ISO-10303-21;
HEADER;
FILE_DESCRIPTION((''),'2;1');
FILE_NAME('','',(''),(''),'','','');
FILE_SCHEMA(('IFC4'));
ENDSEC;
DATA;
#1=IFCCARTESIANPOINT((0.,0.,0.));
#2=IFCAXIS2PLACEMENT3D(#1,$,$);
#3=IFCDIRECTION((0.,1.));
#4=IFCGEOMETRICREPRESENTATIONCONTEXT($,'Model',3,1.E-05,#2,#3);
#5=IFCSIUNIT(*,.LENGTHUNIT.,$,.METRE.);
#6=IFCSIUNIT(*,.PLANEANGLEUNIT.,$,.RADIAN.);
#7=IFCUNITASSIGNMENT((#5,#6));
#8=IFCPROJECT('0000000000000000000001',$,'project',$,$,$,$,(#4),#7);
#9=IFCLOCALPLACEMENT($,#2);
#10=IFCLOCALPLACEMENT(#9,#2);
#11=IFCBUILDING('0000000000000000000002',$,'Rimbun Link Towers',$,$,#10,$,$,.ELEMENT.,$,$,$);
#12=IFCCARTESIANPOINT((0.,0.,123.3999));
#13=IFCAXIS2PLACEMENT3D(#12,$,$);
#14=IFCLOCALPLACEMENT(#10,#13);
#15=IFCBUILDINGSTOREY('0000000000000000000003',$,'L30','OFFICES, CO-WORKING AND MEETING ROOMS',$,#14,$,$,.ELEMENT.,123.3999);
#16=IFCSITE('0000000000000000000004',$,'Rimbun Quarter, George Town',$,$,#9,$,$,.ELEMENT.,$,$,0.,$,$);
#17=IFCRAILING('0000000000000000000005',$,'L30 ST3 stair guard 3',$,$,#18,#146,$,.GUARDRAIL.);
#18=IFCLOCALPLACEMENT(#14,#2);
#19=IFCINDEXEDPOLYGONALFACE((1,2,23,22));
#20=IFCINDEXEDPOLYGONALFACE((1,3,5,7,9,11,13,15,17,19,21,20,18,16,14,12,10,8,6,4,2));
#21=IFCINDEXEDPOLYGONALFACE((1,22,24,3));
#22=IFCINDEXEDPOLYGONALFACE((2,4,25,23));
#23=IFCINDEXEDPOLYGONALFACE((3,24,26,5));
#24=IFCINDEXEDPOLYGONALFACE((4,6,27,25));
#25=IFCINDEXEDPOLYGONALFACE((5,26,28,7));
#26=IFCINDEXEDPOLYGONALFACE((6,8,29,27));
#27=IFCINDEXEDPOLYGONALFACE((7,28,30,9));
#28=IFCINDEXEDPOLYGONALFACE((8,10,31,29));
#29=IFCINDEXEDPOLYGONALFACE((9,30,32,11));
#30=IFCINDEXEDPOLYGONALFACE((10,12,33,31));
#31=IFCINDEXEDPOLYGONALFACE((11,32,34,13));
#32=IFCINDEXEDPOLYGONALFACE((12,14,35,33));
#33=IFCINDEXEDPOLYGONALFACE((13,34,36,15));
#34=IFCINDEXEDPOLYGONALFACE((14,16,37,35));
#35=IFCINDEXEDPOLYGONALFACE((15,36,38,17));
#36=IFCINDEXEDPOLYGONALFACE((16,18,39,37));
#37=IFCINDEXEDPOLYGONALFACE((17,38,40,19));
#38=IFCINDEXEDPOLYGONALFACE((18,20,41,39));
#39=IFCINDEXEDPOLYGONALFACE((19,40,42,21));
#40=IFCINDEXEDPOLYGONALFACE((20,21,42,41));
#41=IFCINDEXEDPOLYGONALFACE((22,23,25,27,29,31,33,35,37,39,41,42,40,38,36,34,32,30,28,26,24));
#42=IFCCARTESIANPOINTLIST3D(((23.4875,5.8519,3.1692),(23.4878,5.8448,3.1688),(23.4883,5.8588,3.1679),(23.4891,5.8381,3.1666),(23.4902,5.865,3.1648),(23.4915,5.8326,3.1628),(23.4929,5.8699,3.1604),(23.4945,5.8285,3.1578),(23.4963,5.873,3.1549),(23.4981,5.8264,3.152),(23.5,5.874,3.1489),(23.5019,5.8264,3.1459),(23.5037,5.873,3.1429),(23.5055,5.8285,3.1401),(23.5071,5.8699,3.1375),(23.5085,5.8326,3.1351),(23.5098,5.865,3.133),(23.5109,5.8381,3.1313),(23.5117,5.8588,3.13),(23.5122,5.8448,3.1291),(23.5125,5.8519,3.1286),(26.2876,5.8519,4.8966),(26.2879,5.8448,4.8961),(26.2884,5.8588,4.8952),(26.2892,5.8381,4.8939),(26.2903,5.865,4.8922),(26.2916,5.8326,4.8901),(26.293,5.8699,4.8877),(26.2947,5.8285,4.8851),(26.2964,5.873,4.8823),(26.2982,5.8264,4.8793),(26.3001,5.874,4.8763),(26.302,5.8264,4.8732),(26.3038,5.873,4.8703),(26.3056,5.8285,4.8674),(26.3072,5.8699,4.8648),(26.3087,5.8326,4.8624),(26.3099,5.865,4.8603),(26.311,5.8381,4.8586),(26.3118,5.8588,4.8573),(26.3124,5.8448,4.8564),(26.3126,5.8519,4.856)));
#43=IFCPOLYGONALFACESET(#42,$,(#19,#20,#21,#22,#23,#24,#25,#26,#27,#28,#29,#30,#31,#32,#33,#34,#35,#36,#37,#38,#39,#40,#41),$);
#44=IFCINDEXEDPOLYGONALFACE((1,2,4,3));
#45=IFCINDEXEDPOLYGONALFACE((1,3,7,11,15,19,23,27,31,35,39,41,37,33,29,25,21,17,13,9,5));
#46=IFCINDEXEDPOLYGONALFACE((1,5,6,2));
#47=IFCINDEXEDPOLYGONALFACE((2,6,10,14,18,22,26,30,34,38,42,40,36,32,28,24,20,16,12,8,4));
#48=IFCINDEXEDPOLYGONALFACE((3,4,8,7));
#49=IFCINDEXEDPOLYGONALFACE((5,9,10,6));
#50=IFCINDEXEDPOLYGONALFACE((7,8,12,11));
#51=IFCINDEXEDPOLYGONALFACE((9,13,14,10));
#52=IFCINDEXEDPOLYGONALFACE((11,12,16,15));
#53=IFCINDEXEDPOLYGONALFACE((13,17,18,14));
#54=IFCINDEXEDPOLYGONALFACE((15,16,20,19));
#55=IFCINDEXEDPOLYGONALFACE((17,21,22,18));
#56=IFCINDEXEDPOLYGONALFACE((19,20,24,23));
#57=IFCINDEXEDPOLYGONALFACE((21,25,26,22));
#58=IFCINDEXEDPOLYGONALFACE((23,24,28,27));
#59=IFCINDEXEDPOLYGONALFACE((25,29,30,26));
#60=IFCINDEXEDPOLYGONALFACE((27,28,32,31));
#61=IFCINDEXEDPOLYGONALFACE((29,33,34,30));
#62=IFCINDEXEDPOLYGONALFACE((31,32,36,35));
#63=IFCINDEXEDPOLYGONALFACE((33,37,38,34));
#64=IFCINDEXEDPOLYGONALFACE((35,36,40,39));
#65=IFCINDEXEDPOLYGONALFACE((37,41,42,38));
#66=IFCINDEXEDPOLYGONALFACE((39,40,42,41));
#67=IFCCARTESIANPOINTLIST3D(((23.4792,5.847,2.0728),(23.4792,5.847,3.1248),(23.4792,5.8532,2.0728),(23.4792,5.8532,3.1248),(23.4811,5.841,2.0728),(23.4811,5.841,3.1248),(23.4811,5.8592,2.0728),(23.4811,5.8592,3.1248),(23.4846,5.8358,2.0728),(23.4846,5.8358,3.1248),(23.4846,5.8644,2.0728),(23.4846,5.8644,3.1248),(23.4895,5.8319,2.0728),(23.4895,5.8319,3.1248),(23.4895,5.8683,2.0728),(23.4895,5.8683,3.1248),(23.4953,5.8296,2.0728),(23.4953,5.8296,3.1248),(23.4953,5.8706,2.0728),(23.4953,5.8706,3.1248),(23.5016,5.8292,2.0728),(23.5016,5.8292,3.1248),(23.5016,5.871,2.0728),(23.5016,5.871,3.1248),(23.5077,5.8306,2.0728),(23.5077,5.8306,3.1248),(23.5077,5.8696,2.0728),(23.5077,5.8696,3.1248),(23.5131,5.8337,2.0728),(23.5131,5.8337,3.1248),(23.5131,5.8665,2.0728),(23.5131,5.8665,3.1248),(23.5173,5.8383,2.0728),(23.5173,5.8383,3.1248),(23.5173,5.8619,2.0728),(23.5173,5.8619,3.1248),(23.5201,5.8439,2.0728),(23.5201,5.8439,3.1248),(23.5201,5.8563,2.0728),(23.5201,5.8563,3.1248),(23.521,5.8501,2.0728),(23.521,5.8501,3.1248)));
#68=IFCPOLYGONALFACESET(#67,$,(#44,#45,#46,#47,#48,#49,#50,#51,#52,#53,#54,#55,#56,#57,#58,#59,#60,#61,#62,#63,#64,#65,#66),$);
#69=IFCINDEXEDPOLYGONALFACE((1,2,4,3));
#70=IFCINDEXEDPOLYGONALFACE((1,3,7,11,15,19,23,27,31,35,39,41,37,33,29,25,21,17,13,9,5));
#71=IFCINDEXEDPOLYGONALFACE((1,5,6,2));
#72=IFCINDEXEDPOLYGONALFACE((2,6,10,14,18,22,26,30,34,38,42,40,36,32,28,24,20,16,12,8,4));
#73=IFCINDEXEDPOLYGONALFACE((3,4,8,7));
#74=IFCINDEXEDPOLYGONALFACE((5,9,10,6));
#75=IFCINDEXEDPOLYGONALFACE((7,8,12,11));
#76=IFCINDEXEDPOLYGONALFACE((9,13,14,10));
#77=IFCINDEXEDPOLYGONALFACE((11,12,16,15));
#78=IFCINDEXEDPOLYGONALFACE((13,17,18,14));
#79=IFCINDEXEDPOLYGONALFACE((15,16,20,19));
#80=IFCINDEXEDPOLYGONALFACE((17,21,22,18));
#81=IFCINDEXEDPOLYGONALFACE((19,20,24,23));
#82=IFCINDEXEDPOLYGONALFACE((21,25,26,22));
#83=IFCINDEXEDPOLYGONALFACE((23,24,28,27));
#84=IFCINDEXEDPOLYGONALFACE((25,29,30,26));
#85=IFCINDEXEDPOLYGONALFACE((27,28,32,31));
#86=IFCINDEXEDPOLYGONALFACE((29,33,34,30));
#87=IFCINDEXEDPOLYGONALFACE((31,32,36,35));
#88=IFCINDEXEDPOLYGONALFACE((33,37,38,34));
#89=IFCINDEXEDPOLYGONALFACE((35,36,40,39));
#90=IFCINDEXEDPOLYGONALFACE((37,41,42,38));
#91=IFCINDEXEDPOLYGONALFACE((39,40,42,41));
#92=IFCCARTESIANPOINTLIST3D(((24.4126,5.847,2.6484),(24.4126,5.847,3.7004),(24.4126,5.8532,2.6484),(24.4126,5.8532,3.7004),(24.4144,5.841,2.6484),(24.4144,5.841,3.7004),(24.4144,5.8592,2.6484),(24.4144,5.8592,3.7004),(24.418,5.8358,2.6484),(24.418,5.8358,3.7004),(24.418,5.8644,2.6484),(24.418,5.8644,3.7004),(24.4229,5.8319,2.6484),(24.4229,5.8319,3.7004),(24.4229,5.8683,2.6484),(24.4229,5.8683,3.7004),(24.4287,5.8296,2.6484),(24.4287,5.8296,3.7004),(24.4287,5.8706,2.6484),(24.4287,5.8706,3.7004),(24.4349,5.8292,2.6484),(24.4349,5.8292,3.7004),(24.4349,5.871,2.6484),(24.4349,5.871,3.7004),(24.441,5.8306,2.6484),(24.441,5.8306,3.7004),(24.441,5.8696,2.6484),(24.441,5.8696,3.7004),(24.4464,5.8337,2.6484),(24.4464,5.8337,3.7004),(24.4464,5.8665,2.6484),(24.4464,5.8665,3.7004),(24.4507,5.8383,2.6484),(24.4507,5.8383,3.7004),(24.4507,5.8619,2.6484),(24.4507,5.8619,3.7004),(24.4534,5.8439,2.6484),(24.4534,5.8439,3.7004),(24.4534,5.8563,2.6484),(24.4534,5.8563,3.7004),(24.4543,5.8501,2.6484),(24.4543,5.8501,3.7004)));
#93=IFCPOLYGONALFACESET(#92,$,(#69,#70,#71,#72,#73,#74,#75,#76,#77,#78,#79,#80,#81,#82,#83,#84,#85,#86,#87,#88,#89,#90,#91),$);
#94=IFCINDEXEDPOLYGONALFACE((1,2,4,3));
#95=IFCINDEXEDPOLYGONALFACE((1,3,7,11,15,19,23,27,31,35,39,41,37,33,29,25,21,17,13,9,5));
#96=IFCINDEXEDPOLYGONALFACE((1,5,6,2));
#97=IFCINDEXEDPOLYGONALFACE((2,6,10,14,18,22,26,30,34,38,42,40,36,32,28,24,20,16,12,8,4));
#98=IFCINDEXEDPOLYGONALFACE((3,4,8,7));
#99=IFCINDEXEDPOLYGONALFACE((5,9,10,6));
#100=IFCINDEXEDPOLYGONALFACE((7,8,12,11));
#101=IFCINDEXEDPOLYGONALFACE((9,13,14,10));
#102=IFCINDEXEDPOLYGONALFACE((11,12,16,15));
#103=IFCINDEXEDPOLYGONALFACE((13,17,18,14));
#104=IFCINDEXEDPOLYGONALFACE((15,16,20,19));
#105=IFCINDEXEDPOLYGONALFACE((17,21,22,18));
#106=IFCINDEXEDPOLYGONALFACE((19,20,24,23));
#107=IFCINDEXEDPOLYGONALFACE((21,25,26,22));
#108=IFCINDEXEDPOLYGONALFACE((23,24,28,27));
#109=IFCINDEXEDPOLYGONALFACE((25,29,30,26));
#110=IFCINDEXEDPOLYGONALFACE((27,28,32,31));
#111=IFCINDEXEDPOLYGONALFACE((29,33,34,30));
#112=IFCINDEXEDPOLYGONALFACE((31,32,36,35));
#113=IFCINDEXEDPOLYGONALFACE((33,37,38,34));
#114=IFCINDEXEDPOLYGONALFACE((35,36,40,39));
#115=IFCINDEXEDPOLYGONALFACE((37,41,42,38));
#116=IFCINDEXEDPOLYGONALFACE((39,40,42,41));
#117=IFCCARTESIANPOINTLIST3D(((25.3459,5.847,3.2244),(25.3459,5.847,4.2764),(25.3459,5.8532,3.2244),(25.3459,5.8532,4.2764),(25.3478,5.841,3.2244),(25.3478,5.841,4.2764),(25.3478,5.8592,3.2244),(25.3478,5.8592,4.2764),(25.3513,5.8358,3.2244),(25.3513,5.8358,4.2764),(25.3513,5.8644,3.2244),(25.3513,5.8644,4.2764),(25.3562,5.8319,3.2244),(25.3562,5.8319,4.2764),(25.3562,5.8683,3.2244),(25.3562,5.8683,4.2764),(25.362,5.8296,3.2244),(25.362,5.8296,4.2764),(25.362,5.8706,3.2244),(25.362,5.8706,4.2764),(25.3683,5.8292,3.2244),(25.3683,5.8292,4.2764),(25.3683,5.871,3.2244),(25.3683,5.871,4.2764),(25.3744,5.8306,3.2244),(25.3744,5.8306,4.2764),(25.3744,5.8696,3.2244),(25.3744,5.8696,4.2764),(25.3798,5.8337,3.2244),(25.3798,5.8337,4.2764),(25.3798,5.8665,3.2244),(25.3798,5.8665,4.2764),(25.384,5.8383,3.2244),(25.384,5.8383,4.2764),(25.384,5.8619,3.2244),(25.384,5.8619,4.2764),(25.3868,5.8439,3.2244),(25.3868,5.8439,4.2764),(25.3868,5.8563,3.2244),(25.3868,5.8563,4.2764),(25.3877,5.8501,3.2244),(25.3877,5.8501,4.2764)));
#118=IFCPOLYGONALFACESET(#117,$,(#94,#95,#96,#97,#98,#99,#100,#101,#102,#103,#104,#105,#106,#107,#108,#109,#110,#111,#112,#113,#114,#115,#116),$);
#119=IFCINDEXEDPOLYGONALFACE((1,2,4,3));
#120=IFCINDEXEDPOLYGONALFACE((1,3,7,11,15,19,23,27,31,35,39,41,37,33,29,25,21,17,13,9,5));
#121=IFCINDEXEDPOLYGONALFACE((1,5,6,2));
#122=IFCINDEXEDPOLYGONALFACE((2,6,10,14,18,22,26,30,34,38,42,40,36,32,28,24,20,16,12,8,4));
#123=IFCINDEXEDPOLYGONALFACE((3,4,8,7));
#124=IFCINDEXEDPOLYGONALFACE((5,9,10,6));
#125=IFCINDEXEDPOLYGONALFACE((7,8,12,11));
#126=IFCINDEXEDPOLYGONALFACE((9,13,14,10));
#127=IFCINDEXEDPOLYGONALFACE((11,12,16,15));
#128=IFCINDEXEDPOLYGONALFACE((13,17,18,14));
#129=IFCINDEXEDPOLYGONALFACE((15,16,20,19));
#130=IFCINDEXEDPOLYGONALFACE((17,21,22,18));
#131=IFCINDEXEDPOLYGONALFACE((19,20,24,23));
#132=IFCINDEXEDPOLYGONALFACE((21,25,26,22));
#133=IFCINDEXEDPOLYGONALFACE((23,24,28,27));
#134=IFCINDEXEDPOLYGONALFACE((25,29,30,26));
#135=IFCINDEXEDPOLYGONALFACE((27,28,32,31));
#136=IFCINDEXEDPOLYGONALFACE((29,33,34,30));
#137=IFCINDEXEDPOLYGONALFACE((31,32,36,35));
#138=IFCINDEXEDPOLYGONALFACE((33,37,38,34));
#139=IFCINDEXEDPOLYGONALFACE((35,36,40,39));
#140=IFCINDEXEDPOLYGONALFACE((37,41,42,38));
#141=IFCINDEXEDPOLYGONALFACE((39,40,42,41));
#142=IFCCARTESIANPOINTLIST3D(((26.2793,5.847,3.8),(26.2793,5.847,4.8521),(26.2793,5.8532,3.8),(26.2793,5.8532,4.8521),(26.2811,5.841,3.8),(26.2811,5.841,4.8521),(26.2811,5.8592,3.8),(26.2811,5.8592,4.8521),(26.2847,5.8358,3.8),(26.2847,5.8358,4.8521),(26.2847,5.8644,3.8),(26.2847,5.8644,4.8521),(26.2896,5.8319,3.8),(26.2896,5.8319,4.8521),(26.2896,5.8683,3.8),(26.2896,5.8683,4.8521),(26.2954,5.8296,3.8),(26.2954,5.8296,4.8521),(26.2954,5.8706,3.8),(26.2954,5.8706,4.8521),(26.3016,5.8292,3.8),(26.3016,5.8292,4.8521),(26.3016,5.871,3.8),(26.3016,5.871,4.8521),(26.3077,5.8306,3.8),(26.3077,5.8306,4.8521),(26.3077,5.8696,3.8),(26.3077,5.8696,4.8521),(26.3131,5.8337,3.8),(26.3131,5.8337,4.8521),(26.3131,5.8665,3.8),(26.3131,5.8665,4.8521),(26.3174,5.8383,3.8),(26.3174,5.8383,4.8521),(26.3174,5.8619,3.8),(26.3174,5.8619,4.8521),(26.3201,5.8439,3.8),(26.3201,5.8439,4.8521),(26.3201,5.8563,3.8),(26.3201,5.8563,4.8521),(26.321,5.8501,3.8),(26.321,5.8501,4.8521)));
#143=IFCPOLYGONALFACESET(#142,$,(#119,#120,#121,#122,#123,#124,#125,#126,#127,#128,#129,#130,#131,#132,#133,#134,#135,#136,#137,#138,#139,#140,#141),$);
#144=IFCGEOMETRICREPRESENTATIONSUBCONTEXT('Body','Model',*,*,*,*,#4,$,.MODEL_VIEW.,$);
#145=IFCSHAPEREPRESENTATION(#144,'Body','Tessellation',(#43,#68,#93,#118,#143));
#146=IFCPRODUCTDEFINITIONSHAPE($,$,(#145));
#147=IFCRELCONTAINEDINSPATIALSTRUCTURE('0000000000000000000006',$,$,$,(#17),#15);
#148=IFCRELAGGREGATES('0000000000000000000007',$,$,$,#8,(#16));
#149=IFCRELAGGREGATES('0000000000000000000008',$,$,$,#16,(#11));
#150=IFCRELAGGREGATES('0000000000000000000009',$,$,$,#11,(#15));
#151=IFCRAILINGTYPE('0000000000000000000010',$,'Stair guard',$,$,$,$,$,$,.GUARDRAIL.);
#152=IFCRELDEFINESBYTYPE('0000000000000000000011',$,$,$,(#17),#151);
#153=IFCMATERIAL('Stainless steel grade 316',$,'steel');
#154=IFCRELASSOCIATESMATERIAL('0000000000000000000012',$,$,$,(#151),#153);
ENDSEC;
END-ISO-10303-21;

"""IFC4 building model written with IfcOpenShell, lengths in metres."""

from ifc_helpers import new_model, si_unit, direction, frame, origin, origin_2d, place, context, subcontext, project, spatial, circle, extrude, material, type_object, element, save


model = new_model("IFC4")

# Units and contexts
model_context = context("Model", 3, precision=1e-05, world=origin(), true_north=direction((0.0, 1.0)))
body_context = subcontext(model_context, "Body", "Model", "MODEL_VIEW")
ifc_project = project(units=[si_unit("LENGTHUNIT", "METRE"), si_unit("PLANEANGLEUNIT", "RADIAN")], contexts=[model_context])

# Site, building, storey
site_placement = place(None, origin())
site = spatial("IfcSite", under=ifc_project, at=site_placement, Name="Rimbun Quarter, George Town", CompositionType="ELEMENT", RefElevation=0.0)
building_placement = place(site_placement, origin())
building = spatial("IfcBuilding", under=site, at=building_placement, Name="Rimbun Link Towers", CompositionType="ELEMENT")
storey_placement = place(building_placement, frame((0.0, 0.0, 123.3999)))
storey = spatial("IfcBuildingStorey", under=building, at=storey_placement, Name="L30", Description="OFFICES, CO-WORKING AND MEETING ROOMS", CompositionType="ELEMENT", Elevation=123.3999)

# Railing
ifc_material_1 = material(Name="Stainless steel grade 316", Category="steel")
railing_type_1 = type_object("IfcRailingType", Name="Stair guard", PredefinedType="GUARDRAIL", material=ifc_material_1)
railing_1_placement = place(storey_placement, frame((23.5, 5.8501, 2.0728)))
element("IfcRailing", 1, at=railing_1_placement, inside=storey, type_object=railing_type_1, Name="L30 ST3 stair guard 3", PredefinedType="GUARDRAIL", context=body_context, shape_type="SweptSolid", body=[
    extrude(circle(Radius=0.0239, at=origin_2d()), frame((0.0, 0.0, 1.0762), z_axis=(0.85109, 0.0, 0.52502), x_axis=(0.0, 1.0, 0.0)), (0.0, 0.0, 1.0), 3.29),
    extrude(circle(Radius=0.021, at=origin_2d()), origin(), (0.0, 0.0, 1.0), 1.052),
    extrude(circle(Radius=0.021, at=origin_2d()), frame((0.9333, 0.0, 0.5757)), (0.0, 0.0, 1.0), 1.052),
    extrude(circle(Radius=0.021, at=origin_2d()), frame((1.8667, 0.0, 1.1516)), (0.0, 0.0, 1.0), 1.052),
    extrude(circle(Radius=0.021, at=origin_2d()), frame((2.8, 0.0, 1.7273)), (0.0, 0.0, 1.0), 1.052),
])

save(model, "model.ifc")
